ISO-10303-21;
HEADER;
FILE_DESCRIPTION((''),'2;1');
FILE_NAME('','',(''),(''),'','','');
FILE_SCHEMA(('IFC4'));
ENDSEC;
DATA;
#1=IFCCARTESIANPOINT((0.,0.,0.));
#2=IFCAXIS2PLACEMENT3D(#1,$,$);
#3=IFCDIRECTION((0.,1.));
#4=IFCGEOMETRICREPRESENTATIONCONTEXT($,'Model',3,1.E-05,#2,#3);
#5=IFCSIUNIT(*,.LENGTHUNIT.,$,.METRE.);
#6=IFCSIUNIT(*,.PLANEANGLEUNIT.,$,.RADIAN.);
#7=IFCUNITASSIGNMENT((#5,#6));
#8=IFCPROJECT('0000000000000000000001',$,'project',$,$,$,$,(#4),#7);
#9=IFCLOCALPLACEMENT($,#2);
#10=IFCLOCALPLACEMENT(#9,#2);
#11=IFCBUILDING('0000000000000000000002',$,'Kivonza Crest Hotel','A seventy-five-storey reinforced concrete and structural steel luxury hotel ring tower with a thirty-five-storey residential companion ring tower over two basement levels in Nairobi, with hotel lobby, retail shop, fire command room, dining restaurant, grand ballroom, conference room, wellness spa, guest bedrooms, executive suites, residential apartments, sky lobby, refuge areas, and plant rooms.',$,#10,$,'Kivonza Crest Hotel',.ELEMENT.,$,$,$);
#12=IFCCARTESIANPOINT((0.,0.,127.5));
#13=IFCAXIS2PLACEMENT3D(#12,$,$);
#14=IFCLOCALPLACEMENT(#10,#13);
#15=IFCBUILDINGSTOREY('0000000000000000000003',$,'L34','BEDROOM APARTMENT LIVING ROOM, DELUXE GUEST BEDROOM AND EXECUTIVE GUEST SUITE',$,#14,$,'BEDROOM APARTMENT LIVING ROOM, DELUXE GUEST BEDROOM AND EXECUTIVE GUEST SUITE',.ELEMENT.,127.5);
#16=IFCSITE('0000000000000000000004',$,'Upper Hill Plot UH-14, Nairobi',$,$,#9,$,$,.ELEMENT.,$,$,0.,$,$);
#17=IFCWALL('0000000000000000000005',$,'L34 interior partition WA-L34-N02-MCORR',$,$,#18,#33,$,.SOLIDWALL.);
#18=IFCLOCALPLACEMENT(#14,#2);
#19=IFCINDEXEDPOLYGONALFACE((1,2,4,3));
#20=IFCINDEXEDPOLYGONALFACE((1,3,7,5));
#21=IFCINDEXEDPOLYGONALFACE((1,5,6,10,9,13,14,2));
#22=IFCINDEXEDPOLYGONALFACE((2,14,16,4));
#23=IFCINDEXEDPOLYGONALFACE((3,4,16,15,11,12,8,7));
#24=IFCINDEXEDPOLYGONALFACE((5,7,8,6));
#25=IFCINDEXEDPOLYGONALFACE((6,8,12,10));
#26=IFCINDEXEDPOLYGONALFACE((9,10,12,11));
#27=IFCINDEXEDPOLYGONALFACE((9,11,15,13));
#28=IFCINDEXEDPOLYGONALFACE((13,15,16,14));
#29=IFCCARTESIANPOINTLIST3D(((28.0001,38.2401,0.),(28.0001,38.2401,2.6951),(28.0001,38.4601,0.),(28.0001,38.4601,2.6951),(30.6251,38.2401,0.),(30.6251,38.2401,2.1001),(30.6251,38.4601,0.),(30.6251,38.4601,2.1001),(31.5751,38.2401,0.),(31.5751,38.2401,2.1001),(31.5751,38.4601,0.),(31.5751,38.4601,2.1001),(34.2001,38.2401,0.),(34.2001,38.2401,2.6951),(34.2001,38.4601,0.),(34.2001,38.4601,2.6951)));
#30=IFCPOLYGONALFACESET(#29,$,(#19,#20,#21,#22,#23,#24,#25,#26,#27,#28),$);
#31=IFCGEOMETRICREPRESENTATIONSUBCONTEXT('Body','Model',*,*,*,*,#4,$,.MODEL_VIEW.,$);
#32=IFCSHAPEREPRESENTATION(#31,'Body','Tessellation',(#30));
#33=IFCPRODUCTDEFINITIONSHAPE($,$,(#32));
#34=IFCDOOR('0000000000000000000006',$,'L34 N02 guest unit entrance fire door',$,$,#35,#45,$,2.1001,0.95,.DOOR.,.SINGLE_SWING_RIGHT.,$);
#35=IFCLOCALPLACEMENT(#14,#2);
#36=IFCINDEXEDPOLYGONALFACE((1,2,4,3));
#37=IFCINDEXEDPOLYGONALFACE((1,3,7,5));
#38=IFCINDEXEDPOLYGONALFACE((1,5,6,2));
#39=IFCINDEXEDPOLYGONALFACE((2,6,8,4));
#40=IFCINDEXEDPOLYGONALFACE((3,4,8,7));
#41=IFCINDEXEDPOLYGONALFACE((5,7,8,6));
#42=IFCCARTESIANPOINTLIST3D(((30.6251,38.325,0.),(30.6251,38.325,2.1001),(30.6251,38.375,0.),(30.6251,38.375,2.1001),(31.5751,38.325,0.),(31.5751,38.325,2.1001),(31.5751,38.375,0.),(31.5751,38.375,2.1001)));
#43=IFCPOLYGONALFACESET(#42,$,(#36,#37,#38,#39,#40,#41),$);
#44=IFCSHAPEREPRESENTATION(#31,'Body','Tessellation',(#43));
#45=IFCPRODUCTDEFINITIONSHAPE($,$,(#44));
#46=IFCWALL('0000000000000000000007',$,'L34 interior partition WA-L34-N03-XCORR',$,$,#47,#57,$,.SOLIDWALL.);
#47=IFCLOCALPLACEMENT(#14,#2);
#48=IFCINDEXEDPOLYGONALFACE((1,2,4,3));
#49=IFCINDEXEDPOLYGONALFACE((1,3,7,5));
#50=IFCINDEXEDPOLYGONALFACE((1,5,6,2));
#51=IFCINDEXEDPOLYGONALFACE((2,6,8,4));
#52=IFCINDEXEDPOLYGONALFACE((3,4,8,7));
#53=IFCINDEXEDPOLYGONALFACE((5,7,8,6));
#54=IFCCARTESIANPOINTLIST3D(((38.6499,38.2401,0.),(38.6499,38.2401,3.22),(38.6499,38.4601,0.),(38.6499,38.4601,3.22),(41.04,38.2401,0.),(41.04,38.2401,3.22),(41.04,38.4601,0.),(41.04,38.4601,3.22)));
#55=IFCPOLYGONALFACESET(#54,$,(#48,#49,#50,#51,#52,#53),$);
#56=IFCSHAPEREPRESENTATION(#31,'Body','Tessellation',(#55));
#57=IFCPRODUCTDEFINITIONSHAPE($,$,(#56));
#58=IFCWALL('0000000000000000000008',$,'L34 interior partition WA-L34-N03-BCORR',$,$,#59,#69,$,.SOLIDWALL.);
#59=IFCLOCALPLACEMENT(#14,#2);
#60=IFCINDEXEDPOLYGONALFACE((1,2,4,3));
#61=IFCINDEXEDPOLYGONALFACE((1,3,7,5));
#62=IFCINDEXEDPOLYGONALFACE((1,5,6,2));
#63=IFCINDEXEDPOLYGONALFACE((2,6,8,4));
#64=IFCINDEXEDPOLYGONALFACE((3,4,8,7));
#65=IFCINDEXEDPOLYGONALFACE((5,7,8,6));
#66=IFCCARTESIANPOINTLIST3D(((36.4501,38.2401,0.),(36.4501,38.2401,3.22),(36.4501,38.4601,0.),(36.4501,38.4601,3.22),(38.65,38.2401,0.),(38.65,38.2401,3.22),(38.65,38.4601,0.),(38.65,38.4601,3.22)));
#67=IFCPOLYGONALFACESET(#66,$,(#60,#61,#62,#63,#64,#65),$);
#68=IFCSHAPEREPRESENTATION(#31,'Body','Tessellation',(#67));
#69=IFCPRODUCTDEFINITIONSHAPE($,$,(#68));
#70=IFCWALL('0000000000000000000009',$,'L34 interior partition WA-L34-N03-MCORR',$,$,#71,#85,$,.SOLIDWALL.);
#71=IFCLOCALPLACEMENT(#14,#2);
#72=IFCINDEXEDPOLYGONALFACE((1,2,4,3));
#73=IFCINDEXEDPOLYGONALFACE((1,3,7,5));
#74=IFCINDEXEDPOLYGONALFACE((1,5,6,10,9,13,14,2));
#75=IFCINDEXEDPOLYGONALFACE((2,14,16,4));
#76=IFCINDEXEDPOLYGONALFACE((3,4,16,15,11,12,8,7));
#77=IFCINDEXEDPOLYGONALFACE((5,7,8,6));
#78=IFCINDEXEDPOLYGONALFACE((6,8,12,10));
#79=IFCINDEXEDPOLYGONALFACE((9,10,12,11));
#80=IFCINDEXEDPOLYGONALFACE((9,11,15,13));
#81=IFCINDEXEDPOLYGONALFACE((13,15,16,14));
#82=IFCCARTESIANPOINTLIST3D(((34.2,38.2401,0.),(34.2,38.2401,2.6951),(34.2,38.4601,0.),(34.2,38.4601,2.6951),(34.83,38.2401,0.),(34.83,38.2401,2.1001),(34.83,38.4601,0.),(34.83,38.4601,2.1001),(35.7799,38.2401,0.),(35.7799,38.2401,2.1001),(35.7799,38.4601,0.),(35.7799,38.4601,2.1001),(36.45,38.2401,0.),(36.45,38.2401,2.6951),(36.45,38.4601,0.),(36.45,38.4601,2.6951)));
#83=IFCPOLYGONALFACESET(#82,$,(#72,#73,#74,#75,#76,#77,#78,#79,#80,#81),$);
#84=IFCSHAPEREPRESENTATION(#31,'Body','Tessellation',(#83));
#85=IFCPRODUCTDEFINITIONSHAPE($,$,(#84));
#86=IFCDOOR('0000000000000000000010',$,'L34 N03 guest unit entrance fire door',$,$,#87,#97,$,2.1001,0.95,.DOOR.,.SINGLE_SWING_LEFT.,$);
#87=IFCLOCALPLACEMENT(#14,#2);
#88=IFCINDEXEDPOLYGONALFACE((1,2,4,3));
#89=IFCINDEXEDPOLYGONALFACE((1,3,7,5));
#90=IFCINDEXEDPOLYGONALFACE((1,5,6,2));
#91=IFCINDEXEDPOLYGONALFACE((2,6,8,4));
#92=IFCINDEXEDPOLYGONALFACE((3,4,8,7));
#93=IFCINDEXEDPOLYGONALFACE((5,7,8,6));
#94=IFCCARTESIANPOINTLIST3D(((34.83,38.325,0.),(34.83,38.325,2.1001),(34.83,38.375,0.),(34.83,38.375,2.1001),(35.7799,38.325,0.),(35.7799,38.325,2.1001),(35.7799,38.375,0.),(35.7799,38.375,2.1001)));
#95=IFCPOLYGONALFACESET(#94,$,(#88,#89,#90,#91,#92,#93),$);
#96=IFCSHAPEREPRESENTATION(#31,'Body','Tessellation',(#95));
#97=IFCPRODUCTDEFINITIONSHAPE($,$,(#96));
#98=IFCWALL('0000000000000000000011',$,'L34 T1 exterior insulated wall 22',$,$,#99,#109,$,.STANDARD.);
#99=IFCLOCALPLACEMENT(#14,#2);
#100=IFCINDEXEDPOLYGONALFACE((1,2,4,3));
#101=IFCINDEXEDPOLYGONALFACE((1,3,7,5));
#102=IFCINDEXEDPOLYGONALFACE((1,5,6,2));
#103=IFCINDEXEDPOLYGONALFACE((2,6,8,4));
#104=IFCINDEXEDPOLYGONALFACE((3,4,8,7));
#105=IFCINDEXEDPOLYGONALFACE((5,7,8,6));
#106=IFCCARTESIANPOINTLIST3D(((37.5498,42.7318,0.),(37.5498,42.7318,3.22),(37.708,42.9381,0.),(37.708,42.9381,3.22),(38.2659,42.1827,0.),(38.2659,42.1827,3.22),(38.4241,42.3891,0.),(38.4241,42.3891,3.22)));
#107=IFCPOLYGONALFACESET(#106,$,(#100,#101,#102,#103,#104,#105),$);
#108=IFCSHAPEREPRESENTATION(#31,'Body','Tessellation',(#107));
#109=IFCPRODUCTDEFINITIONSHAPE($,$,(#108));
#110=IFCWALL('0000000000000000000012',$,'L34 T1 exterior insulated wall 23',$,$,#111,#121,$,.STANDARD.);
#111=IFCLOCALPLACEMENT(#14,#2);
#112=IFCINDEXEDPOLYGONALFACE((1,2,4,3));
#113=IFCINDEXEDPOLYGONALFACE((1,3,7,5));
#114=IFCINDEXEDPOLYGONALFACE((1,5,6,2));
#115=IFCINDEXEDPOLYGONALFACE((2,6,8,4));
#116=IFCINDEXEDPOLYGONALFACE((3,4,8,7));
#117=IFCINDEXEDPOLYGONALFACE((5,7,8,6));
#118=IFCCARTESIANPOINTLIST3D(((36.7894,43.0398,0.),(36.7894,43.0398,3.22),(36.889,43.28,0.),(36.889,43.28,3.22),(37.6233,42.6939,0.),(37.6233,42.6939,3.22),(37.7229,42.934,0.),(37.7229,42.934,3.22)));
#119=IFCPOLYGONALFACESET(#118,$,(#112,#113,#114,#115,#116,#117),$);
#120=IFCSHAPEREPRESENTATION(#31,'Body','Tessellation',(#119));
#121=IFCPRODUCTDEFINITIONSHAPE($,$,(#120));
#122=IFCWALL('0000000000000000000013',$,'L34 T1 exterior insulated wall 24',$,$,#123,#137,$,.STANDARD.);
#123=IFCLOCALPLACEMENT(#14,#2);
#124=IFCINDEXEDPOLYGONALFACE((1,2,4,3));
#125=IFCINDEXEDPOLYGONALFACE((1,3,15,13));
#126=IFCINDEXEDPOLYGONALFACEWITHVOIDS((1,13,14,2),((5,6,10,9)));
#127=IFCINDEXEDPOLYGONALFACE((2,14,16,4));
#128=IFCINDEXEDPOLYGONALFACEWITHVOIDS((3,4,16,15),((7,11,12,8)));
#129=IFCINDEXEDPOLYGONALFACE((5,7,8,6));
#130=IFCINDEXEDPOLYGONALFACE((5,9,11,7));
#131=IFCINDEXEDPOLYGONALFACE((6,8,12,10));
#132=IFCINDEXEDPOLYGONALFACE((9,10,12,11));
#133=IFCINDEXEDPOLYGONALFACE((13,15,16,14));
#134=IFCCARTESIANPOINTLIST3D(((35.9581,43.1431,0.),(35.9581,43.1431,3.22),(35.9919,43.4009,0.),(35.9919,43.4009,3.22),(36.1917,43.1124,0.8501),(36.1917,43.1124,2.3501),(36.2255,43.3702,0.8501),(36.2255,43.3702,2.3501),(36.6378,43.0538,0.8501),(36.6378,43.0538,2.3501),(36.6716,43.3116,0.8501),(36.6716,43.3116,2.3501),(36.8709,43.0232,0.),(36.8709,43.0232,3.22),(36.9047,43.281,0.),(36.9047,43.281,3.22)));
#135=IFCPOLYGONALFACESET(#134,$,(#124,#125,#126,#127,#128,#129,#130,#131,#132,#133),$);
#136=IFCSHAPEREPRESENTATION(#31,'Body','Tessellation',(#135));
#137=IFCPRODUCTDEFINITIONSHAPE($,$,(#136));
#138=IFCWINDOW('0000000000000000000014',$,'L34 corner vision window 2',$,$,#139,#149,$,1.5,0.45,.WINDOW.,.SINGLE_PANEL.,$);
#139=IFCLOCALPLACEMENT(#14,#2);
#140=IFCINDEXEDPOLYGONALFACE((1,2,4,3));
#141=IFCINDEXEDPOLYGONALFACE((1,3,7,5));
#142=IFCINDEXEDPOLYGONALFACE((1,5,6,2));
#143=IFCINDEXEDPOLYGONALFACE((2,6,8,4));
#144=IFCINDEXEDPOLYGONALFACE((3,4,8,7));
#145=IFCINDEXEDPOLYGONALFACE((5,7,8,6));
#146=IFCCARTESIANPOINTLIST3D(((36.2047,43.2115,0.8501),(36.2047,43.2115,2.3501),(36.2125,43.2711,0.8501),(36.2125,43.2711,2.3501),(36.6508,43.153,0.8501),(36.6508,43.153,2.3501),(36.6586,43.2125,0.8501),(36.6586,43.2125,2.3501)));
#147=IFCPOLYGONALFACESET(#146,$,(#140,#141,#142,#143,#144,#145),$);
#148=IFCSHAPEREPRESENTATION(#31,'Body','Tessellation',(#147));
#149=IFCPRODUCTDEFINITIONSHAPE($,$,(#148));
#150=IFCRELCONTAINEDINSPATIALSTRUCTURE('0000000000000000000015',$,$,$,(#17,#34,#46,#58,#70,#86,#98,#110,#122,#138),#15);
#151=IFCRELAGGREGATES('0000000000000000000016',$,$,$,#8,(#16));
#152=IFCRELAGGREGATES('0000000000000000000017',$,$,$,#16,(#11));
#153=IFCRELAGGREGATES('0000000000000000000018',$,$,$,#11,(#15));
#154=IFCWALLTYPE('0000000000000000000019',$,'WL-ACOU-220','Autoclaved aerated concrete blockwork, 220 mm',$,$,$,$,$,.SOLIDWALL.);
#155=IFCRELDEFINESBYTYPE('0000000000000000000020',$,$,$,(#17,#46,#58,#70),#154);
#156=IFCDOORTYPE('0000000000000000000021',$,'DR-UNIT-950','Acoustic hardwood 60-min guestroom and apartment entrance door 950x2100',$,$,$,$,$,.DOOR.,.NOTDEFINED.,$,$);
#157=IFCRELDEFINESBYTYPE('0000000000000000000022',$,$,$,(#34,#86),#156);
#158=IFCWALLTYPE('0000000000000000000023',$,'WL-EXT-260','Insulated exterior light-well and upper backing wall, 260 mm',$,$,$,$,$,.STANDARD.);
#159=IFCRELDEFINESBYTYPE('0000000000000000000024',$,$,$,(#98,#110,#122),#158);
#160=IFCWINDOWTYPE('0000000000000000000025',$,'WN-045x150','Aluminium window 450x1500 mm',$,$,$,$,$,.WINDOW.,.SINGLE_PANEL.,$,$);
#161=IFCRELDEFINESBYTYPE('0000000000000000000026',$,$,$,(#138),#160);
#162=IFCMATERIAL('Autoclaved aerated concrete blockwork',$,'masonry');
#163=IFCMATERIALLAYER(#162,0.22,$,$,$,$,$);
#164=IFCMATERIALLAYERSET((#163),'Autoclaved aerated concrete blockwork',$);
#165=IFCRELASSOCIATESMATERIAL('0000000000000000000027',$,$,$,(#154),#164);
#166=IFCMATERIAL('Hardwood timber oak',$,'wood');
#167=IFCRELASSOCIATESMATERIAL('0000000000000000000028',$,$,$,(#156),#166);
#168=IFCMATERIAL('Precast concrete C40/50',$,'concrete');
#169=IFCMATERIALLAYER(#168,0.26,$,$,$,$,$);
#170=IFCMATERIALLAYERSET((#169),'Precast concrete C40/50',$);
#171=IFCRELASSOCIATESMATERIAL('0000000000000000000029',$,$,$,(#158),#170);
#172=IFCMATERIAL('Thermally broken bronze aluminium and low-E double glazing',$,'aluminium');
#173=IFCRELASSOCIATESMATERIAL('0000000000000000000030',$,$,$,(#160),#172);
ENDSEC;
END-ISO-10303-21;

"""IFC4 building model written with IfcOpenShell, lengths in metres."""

from ifc_helpers import new_model, si_unit, direction, frame, frame_2d, origin, place, context, subcontext, project, spatial, rectangle, extrude, material, layer, layer_set, type_object, element, fill, save


model = new_model("IFC4")

# Units and contexts
model_context = context("Model", 3, precision=1e-05, world=origin(), true_north=direction((0.0, 1.0)))
body_context = subcontext(model_context, "Body", "Model", "MODEL_VIEW")
ifc_project = project(units=[si_unit("LENGTHUNIT", "METRE"), si_unit("PLANEANGLEUNIT", "RADIAN")], contexts=[model_context])

# Site, building, storey
site_placement = place(None, origin())
site = spatial("IfcSite", under=ifc_project, at=site_placement, Name="Upper Hill Plot UH-14, Nairobi", CompositionType="ELEMENT", RefElevation=0.0)
building_placement = place(site_placement, origin())
building = spatial("IfcBuilding", under=site, at=building_placement, Name="Kivonza Crest Hotel", Description="A seventy-five-storey reinforced concrete and structural steel luxury hotel ring tower with a thirty-five-storey residential companion ring tower over two basement levels in Nairobi, with hotel lobby, retail shop, fire command room, dining restaurant, grand ballroom, conference room, wellness spa, guest bedrooms, executive suites, residential apartments, sky lobby, refuge areas, and plant rooms.", LongName="Kivonza Crest Hotel", CompositionType="ELEMENT")
storey_placement = place(building_placement, frame((0.0, 0.0, 127.5)))
storey = spatial("IfcBuildingStorey", under=building, at=storey_placement, Name="L34", Description="BEDROOM APARTMENT LIVING ROOM, DELUXE GUEST BEDROOM AND EXECUTIVE GUEST SUITE", LongName="BEDROOM APARTMENT LIVING ROOM, DELUXE GUEST BEDROOM AND EXECUTIVE GUEST SUITE", CompositionType="ELEMENT", Elevation=127.5)

# Wall, opening, door
ifc_material_1 = material(Name="Autoclaved aerated concrete blockwork", Category="masonry")
ifc_layer_1 = layer(ifc_material_1, 0.22)
ifc_layer_set_1 = layer_set([ifc_layer_1], Name="Autoclaved aerated concrete blockwork")
wall_type_1 = type_object("IfcWallType", Name="WL-ACOU-220", Description="Autoclaved aerated concrete blockwork, 220 mm", PredefinedType="SOLIDWALL", material=ifc_layer_set_1)
wall_1_placement = place(storey_placement, frame((28.0, 38.3501, 0.0), z_axis=(0.0, 0.0, 1.0), x_axis=(1.0, 0.0, 0.0)))
wall_1 = element("IfcWall", 1, at=wall_1_placement, inside=storey, type_object=wall_type_1, Name="L34 interior partition WA-L34-N02-MCORR", PredefinedType="SOLIDWALL", context=body_context, shape_type="SweptSolid", body=[
    extrude(rectangle(XDim=6.2, YDim=0.22, at=frame_2d((3.1001, 0.0))), origin(), (0.0, 0.0, 1.0), 2.6951),
])
opening_1_placement = place(wall_1_placement, frame((2.625, 0.0, 0.0)))
opening_1 = element("IfcOpeningElement", 2, at=opening_1_placement, cuts=wall_1, PredefinedType="OPENING", context=body_context, shape_type="SweptSolid", body=[
    extrude(rectangle(XDim=0.95, YDim=2.1001, at=frame_2d((0.4751, 1.05))), frame((0.0, 0.1201, 0.0), z_axis=(0.0, -1.0, 0.0), x_axis=(1.0, 0.0, 0.0)), (0.0, 0.0, 1.0), 0.24),
])
ifc_material_2 = material(Name="Hardwood timber oak", Category="wood")
door_type_1 = type_object("IfcDoorType", Name="DR-UNIT-950", Description="Acoustic hardwood 60-min guestroom and apartment entrance door 950x2100", OperationType="NOTDEFINED", PredefinedType="DOOR", material=ifc_material_2)
door_1_placement = place(opening_1_placement, origin())
door_1 = element("IfcDoor", 3, at=door_1_placement, inside=storey, type_object=door_type_1, Name="L34 N02 guest unit entrance fire door", OperationType="SINGLE_SWING_RIGHT", OverallHeight=2.1001, OverallWidth=0.95, PredefinedType="DOOR", context=body_context, shape_type="SweptSolid", body=[
    extrude(rectangle(XDim=0.95, YDim=2.1001, at=frame_2d((0.4751, 1.05))), frame((0.0, 0.0249, 0.0), z_axis=(0.0, -1.0, 0.0), x_axis=(1.0, 0.0, 0.0)), (0.0, 0.0, 1.0), 0.05),
])
fill(opening_1, door_1)

# Walls
wall_2_placement = place(storey_placement, frame((38.6499, 38.3501, 0.0), z_axis=(0.0, 0.0, 1.0), x_axis=(1.0, 0.0, 0.0)))
element("IfcWall", 4, at=wall_2_placement, inside=storey, type_object=wall_type_1, Name="L34 interior partition WA-L34-N03-XCORR", PredefinedType="SOLIDWALL", context=body_context, shape_type="SweptSolid", body=[
    extrude(rectangle(XDim=2.3901, YDim=0.22, at=frame_2d((1.1951, 0.0))), origin(), (0.0, 0.0, 1.0), 3.22),
])
wall_3_placement = place(storey_placement, frame((36.45, 38.3501, 0.0), z_axis=(0.0, 0.0, 1.0), x_axis=(1.0, 0.0, 0.0)))
element("IfcWall", 5, at=wall_3_placement, inside=storey, type_object=wall_type_1, Name="L34 interior partition WA-L34-N03-BCORR", PredefinedType="SOLIDWALL", context=body_context, shape_type="SweptSolid", body=[
    extrude(rectangle(XDim=2.2, YDim=0.22, at=frame_2d((1.1001, 0.0))), origin(), (0.0, 0.0, 1.0), 3.22),
])

# Wall, opening, door
wall_4_placement = place(storey_placement, frame((34.2, 38.3501, 0.0), z_axis=(0.0, 0.0, 1.0), x_axis=(1.0, 0.0, 0.0)))
wall_4 = element("IfcWall", 6, at=wall_4_placement, inside=storey, type_object=wall_type_1, Name="L34 interior partition WA-L34-N03-MCORR", PredefinedType="SOLIDWALL", context=body_context, shape_type="SweptSolid", body=[
    extrude(rectangle(XDim=2.25, YDim=0.22, at=frame_2d((1.125, 0.0))), origin(), (0.0, 0.0, 1.0), 2.6951),
])
opening_2_placement = place(wall_4_placement, frame((0.6299, 0.0, 0.0)))
opening_2 = element("IfcOpeningElement", 7, at=opening_2_placement, cuts=wall_4, PredefinedType="OPENING", context=body_context, shape_type="SweptSolid", body=[
    extrude(rectangle(XDim=0.95, YDim=2.1001, at=frame_2d((0.4751, 1.05))), frame((0.0, 0.1201, 0.0), z_axis=(0.0, -1.0, 0.0), x_axis=(1.0, 0.0, 0.0)), (0.0, 0.0, 1.0), 0.24),
])
door_2_placement = place(opening_2_placement, origin())
door_2 = element("IfcDoor", 8, at=door_2_placement, inside=storey, type_object=door_type_1, Name="L34 N03 guest unit entrance fire door", OperationType="SINGLE_SWING_LEFT", OverallHeight=2.1001, OverallWidth=0.95, PredefinedType="DOOR", context=body_context, shape_type="SweptSolid", body=[
    extrude(rectangle(XDim=0.95, YDim=2.1001, at=frame_2d((0.4751, 1.05))), frame((0.0, 0.0249, 0.0), z_axis=(0.0, -1.0, 0.0), x_axis=(1.0, 0.0, 0.0)), (0.0, 0.0, 1.0), 0.05),
])
fill(opening_2, door_2)

# Walls
ifc_material_3 = material(Name="Precast concrete C40/50", Category="concrete")
ifc_layer_2 = layer(ifc_material_3, 0.26)
ifc_layer_set_2 = layer_set([ifc_layer_2], Name="Precast concrete C40/50")
wall_type_2 = type_object("IfcWallType", Name="WL-EXT-260", Description="Insulated exterior light-well and upper backing wall, 260 mm", PredefinedType="STANDARD", material=ifc_layer_set_2)
wall_5_placement = place(storey_placement, frame((38.345, 42.2859, 0.0), z_axis=(0.0, 0.0, 1.0), x_axis=(-0.793558, 0.608494, 0.0)))
element("IfcWall", 9, at=wall_5_placement, inside=storey, type_object=wall_type_2, Name="L34 T1 exterior insulated wall 22", PredefinedType="STANDARD", context=body_context, shape_type="SweptSolid", body=[
    extrude(rectangle(XDim=0.9023, YDim=0.26, at=frame_2d((0.4512, 0.0))), origin(), (0.0, 0.0, 1.0), 3.22),
])
wall_6_placement = place(storey_placement, frame((37.6731, 42.814, 0.0), z_axis=(0.0, 0.0, 1.0), x_axis=(-0.923684, 0.383156, 0.0)))
element("IfcWall", 10, at=wall_6_placement, inside=storey, type_object=wall_type_2, Name="L34 T1 exterior insulated wall 23", PredefinedType="STANDARD", context=body_context, shape_type="SweptSolid", body=[
    extrude(rectangle(XDim=0.9028, YDim=0.26, at=frame_2d((0.4514, 0.0))), origin(), (0.0, 0.0, 1.0), 3.22),
])

# Wall, opening, window
wall_7_placement = place(storey_placement, frame((36.8879, 43.1521, 0.0), z_axis=(0.0, 0.0, 1.0), x_axis=(-0.991488, 0.130201, 0.0)))
wall_7 = element("IfcWall", 11, at=wall_7_placement, inside=storey, type_object=wall_type_2, Name="L34 T1 exterior insulated wall 24", PredefinedType="STANDARD", context=body_context, shape_type="SweptSolid", body=[
    extrude(rectangle(XDim=0.9207, YDim=0.26, at=frame_2d((0.4604, 0.0))), origin(), (0.0, 0.0, 1.0), 3.22),
])
opening_3_placement = place(wall_7_placement, frame((0.2351, 0.0, 0.8501)))
opening_3 = element("IfcOpeningElement", 12, at=opening_3_placement, cuts=wall_7, PredefinedType="OPENING", context=body_context, shape_type="SweptSolid", body=[
    extrude(rectangle(XDim=0.45, YDim=1.5, at=frame_2d((0.2251, 0.75))), frame((0.0, 0.1401, 0.0), z_axis=(0.0, -1.0, 0.0), x_axis=(1.0, 0.0, 0.0)), (0.0, 0.0, 1.0), 0.28),
])
ifc_material_4 = material(Name="Thermally broken bronze aluminium and low-E double glazing", Category="aluminium")
window_type_1 = type_object("IfcWindowType", Name="WN-045x150", Description="Aluminium window 450x1500 mm", PartitioningType="SINGLE_PANEL", PredefinedType="WINDOW", material=ifc_material_4)
window_1_placement = place(opening_3_placement, origin())
window_1 = element("IfcWindow", 13, at=window_1_placement, inside=storey, type_object=window_type_1, Name="L34 corner vision window 2", OverallHeight=1.5, OverallWidth=0.45, PartitioningType="SINGLE_PANEL", PredefinedType="WINDOW", context=body_context, shape_type="SweptSolid", body=[
    extrude(rectangle(XDim=0.45, YDim=1.5, at=frame_2d((0.2251, 0.75))), frame((0.0, 0.03, 0.0), z_axis=(0.0, -1.0, 0.0), x_axis=(1.0, 0.0, 0.0)), (0.0, 0.0, 1.0), 0.0601),
])
fill(opening_3, window_1)

save(model, "model.ifc")
